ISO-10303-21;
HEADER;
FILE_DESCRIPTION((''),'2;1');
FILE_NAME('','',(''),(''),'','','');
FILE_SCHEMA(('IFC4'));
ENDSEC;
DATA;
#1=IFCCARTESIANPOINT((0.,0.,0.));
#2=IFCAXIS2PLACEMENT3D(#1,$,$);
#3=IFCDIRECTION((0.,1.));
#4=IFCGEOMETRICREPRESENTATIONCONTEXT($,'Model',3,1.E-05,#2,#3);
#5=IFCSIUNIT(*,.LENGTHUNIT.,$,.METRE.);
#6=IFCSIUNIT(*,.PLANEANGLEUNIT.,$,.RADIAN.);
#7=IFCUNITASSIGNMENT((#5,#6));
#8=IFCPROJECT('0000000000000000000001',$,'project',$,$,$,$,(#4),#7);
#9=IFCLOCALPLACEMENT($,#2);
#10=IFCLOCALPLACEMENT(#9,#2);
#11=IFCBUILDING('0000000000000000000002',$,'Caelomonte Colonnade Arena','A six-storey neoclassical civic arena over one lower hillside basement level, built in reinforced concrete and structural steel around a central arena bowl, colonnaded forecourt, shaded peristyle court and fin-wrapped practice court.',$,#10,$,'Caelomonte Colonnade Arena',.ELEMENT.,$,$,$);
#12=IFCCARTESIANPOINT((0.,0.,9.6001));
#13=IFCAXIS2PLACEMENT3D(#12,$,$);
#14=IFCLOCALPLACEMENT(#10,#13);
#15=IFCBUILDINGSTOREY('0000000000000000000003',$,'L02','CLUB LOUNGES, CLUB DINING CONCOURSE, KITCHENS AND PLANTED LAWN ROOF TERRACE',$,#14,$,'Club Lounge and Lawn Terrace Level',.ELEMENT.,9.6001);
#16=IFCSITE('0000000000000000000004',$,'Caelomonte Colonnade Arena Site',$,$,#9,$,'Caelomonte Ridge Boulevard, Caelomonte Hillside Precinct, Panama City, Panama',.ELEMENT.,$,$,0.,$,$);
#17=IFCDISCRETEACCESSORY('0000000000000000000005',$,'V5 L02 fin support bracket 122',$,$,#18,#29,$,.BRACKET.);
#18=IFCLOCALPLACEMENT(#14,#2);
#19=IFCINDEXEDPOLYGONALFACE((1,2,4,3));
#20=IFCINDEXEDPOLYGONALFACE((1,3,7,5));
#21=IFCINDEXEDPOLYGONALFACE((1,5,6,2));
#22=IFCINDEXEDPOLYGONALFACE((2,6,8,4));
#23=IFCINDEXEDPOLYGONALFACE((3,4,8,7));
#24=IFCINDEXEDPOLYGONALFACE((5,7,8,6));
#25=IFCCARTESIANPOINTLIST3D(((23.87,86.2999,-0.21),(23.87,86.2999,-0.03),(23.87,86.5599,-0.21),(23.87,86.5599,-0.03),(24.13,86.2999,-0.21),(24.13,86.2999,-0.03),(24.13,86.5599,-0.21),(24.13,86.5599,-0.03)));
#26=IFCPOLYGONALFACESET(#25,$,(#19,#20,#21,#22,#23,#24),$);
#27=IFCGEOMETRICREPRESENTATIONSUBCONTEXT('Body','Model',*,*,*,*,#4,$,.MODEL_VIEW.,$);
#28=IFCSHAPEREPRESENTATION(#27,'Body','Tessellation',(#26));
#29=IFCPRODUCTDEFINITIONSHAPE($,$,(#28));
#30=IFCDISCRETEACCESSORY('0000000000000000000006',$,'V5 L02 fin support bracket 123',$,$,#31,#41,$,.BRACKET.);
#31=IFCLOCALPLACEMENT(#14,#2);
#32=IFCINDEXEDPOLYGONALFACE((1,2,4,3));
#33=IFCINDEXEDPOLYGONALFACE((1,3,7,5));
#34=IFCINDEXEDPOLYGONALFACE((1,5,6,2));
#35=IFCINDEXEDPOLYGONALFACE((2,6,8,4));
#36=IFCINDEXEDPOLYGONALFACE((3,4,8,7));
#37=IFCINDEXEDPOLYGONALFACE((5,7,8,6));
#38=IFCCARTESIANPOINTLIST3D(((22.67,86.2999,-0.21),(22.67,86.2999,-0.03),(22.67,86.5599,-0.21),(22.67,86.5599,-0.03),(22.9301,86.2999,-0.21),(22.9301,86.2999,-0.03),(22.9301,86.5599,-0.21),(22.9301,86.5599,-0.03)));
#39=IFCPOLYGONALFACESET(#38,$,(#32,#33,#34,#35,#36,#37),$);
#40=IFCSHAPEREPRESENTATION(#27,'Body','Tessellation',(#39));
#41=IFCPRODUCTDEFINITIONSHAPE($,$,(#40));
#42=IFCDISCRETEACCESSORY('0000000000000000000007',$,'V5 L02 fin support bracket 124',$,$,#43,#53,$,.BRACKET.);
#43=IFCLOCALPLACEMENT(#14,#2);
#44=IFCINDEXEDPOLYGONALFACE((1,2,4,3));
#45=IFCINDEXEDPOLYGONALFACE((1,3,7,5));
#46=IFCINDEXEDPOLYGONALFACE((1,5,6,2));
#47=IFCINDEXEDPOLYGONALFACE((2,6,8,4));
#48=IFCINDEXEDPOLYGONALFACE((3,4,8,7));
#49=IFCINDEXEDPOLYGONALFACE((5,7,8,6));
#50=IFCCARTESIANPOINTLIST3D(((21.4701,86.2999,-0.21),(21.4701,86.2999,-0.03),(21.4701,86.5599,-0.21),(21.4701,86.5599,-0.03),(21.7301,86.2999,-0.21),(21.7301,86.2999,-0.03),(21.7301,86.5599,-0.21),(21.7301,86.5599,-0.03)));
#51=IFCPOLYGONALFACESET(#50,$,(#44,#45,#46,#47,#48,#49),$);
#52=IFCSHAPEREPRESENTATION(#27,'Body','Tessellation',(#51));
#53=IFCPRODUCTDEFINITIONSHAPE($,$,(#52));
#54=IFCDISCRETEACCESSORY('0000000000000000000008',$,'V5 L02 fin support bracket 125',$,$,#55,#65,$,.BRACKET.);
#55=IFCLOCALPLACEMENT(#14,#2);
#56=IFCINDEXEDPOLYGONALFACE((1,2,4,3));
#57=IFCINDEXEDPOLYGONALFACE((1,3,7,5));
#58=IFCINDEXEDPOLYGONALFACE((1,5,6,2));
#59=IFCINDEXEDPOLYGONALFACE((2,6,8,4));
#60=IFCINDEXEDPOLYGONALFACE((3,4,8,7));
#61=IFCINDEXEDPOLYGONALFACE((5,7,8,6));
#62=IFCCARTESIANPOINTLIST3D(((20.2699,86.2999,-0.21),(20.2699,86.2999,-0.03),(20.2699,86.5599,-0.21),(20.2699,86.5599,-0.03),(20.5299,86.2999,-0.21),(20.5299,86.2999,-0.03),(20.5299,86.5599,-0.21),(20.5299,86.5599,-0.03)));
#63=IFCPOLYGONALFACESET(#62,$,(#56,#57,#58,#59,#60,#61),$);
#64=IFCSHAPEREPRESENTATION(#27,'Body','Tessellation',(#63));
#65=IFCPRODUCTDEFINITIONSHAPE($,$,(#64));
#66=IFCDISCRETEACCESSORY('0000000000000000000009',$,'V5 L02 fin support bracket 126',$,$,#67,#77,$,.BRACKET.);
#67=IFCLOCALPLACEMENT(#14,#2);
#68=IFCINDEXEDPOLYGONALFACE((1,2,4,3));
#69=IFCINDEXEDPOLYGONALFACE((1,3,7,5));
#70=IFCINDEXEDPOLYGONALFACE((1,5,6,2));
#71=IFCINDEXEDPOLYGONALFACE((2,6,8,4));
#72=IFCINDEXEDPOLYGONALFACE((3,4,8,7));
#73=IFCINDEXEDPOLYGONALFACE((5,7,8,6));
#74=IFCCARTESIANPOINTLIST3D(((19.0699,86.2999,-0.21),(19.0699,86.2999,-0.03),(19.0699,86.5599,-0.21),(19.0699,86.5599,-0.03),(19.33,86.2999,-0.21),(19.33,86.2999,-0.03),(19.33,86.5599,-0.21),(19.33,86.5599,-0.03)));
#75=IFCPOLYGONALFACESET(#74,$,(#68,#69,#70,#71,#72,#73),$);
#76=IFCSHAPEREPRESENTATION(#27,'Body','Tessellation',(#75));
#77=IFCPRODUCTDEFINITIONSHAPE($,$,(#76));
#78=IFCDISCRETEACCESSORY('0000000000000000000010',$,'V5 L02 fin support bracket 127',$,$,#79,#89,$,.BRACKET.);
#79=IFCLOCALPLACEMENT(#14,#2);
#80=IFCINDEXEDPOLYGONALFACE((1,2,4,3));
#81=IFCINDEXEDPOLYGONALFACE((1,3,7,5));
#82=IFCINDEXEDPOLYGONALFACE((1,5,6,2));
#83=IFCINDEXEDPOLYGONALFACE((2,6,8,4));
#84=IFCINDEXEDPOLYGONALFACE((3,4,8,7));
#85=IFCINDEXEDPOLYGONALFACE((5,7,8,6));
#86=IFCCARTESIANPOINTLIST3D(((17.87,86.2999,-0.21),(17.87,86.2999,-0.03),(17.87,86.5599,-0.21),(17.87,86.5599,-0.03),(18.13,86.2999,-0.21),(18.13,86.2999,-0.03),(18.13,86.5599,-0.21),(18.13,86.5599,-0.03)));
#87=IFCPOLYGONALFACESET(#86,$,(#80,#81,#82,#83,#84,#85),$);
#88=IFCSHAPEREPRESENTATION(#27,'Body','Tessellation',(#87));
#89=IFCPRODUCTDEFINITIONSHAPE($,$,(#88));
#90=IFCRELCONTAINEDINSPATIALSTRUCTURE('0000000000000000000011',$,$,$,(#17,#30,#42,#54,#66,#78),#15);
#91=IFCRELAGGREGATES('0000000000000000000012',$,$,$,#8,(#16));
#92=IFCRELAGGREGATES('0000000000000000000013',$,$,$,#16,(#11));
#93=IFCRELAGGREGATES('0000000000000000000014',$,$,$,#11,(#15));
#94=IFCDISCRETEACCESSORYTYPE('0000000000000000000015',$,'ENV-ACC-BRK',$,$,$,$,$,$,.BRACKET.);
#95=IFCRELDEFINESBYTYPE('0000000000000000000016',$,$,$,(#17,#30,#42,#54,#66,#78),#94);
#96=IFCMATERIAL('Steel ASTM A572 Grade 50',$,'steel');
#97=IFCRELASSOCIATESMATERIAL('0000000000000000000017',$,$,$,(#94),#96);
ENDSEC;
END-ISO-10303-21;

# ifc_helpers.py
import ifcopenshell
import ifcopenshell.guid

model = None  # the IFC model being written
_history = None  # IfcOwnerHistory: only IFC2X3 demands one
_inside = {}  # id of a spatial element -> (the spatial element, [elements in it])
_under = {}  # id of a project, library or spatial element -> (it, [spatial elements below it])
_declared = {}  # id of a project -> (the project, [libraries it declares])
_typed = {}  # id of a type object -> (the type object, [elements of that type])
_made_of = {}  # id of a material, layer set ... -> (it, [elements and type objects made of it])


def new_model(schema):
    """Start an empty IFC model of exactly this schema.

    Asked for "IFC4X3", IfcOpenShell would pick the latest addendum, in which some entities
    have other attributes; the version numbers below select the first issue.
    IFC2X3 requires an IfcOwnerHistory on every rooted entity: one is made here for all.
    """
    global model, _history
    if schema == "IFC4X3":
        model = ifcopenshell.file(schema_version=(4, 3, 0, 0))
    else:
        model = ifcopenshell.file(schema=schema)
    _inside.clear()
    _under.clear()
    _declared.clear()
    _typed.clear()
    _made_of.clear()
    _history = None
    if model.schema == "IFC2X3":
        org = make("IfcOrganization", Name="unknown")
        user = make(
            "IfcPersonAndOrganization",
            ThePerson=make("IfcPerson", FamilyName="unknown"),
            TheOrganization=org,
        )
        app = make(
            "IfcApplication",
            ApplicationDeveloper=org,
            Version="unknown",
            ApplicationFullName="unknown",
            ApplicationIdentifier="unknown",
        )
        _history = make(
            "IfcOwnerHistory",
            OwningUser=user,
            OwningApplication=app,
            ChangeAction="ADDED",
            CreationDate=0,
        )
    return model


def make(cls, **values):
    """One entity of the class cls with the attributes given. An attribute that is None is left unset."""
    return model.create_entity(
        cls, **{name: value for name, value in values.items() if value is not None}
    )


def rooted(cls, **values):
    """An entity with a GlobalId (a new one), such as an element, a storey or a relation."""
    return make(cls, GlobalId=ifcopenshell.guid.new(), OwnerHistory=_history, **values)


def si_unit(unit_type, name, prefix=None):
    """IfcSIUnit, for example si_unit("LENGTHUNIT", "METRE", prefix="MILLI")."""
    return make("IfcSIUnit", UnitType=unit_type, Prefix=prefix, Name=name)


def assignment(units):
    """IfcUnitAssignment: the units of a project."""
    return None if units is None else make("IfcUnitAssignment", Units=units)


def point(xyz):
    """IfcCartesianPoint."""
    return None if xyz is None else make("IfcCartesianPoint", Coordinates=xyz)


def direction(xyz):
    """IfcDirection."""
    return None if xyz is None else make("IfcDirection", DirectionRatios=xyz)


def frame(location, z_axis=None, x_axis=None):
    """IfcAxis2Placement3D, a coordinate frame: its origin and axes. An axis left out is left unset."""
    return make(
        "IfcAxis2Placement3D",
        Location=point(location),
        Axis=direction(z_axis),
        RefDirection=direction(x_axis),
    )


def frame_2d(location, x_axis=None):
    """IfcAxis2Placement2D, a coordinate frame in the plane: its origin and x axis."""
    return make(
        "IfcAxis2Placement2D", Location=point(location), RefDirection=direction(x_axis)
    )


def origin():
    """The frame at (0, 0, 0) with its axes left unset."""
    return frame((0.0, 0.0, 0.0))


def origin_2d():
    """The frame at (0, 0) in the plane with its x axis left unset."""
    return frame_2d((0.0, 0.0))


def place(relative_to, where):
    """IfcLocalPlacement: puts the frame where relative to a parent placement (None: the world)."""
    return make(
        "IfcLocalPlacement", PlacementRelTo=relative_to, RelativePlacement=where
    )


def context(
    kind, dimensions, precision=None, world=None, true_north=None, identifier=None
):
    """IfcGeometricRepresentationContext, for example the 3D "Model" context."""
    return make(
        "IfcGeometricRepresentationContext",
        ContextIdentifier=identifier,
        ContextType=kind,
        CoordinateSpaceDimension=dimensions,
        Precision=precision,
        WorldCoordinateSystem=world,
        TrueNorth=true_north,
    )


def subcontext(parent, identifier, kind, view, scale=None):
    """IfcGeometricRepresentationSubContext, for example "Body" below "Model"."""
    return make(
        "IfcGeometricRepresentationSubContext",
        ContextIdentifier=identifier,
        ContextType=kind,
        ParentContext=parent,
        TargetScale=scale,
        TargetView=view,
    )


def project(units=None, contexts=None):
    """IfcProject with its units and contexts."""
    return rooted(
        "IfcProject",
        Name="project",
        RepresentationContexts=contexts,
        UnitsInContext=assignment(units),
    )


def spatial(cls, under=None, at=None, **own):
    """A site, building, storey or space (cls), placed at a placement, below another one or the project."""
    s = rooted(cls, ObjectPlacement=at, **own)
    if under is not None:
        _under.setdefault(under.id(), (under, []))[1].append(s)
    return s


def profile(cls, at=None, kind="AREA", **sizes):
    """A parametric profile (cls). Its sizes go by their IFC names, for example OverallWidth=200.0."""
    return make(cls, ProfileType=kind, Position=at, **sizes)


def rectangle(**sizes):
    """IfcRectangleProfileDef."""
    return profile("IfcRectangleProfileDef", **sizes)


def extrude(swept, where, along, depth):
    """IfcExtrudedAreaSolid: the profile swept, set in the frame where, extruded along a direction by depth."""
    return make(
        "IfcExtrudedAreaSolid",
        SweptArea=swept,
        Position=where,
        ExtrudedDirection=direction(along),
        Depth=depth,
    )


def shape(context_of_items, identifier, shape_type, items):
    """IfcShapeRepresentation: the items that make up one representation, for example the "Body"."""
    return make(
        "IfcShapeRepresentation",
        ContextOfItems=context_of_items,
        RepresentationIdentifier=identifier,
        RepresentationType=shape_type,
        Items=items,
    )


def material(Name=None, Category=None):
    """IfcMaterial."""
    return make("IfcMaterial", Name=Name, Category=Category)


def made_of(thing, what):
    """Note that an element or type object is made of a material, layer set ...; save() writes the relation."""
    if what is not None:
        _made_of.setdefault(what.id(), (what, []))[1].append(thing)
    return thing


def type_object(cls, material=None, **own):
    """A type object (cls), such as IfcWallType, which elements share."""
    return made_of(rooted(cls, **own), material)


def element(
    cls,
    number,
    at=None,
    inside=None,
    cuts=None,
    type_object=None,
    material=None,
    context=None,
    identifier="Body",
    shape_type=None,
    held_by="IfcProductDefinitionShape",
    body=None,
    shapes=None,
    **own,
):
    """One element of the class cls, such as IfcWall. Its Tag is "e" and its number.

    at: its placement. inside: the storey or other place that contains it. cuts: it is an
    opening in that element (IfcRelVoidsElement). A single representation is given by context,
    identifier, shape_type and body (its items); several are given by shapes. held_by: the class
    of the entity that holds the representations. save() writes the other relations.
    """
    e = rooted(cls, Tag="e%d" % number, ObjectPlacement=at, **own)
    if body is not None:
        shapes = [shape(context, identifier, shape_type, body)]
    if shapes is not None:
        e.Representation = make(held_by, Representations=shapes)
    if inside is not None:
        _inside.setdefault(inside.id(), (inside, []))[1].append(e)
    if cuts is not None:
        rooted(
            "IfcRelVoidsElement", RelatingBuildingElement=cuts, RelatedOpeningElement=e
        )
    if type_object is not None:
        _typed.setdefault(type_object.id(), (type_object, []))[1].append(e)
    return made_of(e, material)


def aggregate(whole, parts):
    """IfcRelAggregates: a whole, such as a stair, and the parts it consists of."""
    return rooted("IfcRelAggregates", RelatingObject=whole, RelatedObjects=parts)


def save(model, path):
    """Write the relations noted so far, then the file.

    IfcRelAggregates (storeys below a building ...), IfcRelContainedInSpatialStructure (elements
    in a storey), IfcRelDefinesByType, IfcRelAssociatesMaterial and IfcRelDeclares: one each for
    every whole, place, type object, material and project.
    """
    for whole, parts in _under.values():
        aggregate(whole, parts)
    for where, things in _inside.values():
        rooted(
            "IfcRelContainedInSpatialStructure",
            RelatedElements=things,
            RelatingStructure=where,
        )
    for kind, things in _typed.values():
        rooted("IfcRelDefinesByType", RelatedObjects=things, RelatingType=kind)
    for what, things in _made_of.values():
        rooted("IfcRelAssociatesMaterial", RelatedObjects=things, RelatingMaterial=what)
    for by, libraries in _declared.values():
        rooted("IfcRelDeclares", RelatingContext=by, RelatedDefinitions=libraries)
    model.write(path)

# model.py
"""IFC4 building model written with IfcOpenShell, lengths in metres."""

from ifc_helpers import new_model, si_unit, direction, frame, origin, origin_2d, place, context, subcontext, project, spatial, rectangle, extrude, material, type_object, element, save


model = new_model("IFC4")

# Units and contexts
model_context = context("Model", 3, precision=1e-05, world=origin(), true_north=direction((0.0, 1.0)))
body_context = subcontext(model_context, "Body", "Model", "MODEL_VIEW")
ifc_project = project(units=[si_unit("LENGTHUNIT", "METRE"), si_unit("PLANEANGLEUNIT", "RADIAN")], contexts=[model_context])

# Site, building, storey
site_placement = place(None, origin())
site = spatial("IfcSite", under=ifc_project, at=site_placement, Name="Caelomonte Colonnade Arena Site", LongName="Caelomonte Ridge Boulevard, Caelomonte Hillside Precinct, Panama City, Panama", CompositionType="ELEMENT", RefElevation=0.0)
building_placement = place(site_placement, origin())
building = spatial("IfcBuilding", under=site, at=building_placement, Name="Caelomonte Colonnade Arena", Description="A six-storey neoclassical civic arena over one lower hillside basement level, built in reinforced concrete and structural steel around a central arena bowl, colonnaded forecourt, shaded peristyle court and fin-wrapped practice court.", LongName="Caelomonte Colonnade Arena", CompositionType="ELEMENT")
storey_placement = place(building_placement, frame((0.0, 0.0, 9.6001)))
storey = spatial("IfcBuildingStorey", under=building, at=storey_placement, Name="L02", Description="CLUB LOUNGES, CLUB DINING CONCOURSE, KITCHENS AND PLANTED LAWN ROOF TERRACE", LongName="Club Lounge and Lawn Terrace Level", CompositionType="ELEMENT", Elevation=9.6001)

# Discrete accessories
ifc_material_1 = material(Name="Steel ASTM A572 Grade 50", Category="steel")
discrete_accessory_type = type_object("IfcDiscreteAccessoryType", Name="ENV-ACC-BRK", PredefinedType="BRACKET", material=ifc_material_1)
for number, where, z_axis, x_axis, name in (
    (1, (24.0, 86.4299, -0.21), (0.0, 0.0, 1.0), (-1.0, 0.0, 0.0), "V5 L02 fin support bracket 122"),
    (2, (22.8, 86.4299, -0.21), (0.0, 0.0, 1.0), (-1.0, 0.0, 0.0), "V5 L02 fin support bracket 123"),
    (3, (21.6001, 86.4299, -0.21), (0.0, 0.0, 1.0), (-1.0, 0.0, 0.0), "V5 L02 fin support bracket 124"),
    (4, (20.3999, 86.4299, -0.21), (0.0, 0.0, 1.0), (-1.0, 0.0, 0.0), "V5 L02 fin support bracket 125"),
    (5, (19.2, 86.4299, -0.21), (0.0, 0.0, 1.0), (-1.0, 0.0, 0.0), "V5 L02 fin support bracket 126"),
    (6, (18.0, 86.4299, -0.21), (0.0, 0.0, 1.0), (-1.0, 0.0, 0.0), "V5 L02 fin support bracket 127"),
):
    element("IfcDiscreteAccessory", number, at=place(storey_placement, frame(where, z_axis=z_axis, x_axis=x_axis)), inside=storey, type_object=discrete_accessory_type, Name=name, PredefinedType="BRACKET", context=body_context, shape_type="SweptSolid", body=[
        extrude(rectangle(XDim=0.26, YDim=0.26, at=origin_2d()), origin(), (0.0, 0.0, 1.0), 0.1799),
    ])

save(model, "model.ifc")
